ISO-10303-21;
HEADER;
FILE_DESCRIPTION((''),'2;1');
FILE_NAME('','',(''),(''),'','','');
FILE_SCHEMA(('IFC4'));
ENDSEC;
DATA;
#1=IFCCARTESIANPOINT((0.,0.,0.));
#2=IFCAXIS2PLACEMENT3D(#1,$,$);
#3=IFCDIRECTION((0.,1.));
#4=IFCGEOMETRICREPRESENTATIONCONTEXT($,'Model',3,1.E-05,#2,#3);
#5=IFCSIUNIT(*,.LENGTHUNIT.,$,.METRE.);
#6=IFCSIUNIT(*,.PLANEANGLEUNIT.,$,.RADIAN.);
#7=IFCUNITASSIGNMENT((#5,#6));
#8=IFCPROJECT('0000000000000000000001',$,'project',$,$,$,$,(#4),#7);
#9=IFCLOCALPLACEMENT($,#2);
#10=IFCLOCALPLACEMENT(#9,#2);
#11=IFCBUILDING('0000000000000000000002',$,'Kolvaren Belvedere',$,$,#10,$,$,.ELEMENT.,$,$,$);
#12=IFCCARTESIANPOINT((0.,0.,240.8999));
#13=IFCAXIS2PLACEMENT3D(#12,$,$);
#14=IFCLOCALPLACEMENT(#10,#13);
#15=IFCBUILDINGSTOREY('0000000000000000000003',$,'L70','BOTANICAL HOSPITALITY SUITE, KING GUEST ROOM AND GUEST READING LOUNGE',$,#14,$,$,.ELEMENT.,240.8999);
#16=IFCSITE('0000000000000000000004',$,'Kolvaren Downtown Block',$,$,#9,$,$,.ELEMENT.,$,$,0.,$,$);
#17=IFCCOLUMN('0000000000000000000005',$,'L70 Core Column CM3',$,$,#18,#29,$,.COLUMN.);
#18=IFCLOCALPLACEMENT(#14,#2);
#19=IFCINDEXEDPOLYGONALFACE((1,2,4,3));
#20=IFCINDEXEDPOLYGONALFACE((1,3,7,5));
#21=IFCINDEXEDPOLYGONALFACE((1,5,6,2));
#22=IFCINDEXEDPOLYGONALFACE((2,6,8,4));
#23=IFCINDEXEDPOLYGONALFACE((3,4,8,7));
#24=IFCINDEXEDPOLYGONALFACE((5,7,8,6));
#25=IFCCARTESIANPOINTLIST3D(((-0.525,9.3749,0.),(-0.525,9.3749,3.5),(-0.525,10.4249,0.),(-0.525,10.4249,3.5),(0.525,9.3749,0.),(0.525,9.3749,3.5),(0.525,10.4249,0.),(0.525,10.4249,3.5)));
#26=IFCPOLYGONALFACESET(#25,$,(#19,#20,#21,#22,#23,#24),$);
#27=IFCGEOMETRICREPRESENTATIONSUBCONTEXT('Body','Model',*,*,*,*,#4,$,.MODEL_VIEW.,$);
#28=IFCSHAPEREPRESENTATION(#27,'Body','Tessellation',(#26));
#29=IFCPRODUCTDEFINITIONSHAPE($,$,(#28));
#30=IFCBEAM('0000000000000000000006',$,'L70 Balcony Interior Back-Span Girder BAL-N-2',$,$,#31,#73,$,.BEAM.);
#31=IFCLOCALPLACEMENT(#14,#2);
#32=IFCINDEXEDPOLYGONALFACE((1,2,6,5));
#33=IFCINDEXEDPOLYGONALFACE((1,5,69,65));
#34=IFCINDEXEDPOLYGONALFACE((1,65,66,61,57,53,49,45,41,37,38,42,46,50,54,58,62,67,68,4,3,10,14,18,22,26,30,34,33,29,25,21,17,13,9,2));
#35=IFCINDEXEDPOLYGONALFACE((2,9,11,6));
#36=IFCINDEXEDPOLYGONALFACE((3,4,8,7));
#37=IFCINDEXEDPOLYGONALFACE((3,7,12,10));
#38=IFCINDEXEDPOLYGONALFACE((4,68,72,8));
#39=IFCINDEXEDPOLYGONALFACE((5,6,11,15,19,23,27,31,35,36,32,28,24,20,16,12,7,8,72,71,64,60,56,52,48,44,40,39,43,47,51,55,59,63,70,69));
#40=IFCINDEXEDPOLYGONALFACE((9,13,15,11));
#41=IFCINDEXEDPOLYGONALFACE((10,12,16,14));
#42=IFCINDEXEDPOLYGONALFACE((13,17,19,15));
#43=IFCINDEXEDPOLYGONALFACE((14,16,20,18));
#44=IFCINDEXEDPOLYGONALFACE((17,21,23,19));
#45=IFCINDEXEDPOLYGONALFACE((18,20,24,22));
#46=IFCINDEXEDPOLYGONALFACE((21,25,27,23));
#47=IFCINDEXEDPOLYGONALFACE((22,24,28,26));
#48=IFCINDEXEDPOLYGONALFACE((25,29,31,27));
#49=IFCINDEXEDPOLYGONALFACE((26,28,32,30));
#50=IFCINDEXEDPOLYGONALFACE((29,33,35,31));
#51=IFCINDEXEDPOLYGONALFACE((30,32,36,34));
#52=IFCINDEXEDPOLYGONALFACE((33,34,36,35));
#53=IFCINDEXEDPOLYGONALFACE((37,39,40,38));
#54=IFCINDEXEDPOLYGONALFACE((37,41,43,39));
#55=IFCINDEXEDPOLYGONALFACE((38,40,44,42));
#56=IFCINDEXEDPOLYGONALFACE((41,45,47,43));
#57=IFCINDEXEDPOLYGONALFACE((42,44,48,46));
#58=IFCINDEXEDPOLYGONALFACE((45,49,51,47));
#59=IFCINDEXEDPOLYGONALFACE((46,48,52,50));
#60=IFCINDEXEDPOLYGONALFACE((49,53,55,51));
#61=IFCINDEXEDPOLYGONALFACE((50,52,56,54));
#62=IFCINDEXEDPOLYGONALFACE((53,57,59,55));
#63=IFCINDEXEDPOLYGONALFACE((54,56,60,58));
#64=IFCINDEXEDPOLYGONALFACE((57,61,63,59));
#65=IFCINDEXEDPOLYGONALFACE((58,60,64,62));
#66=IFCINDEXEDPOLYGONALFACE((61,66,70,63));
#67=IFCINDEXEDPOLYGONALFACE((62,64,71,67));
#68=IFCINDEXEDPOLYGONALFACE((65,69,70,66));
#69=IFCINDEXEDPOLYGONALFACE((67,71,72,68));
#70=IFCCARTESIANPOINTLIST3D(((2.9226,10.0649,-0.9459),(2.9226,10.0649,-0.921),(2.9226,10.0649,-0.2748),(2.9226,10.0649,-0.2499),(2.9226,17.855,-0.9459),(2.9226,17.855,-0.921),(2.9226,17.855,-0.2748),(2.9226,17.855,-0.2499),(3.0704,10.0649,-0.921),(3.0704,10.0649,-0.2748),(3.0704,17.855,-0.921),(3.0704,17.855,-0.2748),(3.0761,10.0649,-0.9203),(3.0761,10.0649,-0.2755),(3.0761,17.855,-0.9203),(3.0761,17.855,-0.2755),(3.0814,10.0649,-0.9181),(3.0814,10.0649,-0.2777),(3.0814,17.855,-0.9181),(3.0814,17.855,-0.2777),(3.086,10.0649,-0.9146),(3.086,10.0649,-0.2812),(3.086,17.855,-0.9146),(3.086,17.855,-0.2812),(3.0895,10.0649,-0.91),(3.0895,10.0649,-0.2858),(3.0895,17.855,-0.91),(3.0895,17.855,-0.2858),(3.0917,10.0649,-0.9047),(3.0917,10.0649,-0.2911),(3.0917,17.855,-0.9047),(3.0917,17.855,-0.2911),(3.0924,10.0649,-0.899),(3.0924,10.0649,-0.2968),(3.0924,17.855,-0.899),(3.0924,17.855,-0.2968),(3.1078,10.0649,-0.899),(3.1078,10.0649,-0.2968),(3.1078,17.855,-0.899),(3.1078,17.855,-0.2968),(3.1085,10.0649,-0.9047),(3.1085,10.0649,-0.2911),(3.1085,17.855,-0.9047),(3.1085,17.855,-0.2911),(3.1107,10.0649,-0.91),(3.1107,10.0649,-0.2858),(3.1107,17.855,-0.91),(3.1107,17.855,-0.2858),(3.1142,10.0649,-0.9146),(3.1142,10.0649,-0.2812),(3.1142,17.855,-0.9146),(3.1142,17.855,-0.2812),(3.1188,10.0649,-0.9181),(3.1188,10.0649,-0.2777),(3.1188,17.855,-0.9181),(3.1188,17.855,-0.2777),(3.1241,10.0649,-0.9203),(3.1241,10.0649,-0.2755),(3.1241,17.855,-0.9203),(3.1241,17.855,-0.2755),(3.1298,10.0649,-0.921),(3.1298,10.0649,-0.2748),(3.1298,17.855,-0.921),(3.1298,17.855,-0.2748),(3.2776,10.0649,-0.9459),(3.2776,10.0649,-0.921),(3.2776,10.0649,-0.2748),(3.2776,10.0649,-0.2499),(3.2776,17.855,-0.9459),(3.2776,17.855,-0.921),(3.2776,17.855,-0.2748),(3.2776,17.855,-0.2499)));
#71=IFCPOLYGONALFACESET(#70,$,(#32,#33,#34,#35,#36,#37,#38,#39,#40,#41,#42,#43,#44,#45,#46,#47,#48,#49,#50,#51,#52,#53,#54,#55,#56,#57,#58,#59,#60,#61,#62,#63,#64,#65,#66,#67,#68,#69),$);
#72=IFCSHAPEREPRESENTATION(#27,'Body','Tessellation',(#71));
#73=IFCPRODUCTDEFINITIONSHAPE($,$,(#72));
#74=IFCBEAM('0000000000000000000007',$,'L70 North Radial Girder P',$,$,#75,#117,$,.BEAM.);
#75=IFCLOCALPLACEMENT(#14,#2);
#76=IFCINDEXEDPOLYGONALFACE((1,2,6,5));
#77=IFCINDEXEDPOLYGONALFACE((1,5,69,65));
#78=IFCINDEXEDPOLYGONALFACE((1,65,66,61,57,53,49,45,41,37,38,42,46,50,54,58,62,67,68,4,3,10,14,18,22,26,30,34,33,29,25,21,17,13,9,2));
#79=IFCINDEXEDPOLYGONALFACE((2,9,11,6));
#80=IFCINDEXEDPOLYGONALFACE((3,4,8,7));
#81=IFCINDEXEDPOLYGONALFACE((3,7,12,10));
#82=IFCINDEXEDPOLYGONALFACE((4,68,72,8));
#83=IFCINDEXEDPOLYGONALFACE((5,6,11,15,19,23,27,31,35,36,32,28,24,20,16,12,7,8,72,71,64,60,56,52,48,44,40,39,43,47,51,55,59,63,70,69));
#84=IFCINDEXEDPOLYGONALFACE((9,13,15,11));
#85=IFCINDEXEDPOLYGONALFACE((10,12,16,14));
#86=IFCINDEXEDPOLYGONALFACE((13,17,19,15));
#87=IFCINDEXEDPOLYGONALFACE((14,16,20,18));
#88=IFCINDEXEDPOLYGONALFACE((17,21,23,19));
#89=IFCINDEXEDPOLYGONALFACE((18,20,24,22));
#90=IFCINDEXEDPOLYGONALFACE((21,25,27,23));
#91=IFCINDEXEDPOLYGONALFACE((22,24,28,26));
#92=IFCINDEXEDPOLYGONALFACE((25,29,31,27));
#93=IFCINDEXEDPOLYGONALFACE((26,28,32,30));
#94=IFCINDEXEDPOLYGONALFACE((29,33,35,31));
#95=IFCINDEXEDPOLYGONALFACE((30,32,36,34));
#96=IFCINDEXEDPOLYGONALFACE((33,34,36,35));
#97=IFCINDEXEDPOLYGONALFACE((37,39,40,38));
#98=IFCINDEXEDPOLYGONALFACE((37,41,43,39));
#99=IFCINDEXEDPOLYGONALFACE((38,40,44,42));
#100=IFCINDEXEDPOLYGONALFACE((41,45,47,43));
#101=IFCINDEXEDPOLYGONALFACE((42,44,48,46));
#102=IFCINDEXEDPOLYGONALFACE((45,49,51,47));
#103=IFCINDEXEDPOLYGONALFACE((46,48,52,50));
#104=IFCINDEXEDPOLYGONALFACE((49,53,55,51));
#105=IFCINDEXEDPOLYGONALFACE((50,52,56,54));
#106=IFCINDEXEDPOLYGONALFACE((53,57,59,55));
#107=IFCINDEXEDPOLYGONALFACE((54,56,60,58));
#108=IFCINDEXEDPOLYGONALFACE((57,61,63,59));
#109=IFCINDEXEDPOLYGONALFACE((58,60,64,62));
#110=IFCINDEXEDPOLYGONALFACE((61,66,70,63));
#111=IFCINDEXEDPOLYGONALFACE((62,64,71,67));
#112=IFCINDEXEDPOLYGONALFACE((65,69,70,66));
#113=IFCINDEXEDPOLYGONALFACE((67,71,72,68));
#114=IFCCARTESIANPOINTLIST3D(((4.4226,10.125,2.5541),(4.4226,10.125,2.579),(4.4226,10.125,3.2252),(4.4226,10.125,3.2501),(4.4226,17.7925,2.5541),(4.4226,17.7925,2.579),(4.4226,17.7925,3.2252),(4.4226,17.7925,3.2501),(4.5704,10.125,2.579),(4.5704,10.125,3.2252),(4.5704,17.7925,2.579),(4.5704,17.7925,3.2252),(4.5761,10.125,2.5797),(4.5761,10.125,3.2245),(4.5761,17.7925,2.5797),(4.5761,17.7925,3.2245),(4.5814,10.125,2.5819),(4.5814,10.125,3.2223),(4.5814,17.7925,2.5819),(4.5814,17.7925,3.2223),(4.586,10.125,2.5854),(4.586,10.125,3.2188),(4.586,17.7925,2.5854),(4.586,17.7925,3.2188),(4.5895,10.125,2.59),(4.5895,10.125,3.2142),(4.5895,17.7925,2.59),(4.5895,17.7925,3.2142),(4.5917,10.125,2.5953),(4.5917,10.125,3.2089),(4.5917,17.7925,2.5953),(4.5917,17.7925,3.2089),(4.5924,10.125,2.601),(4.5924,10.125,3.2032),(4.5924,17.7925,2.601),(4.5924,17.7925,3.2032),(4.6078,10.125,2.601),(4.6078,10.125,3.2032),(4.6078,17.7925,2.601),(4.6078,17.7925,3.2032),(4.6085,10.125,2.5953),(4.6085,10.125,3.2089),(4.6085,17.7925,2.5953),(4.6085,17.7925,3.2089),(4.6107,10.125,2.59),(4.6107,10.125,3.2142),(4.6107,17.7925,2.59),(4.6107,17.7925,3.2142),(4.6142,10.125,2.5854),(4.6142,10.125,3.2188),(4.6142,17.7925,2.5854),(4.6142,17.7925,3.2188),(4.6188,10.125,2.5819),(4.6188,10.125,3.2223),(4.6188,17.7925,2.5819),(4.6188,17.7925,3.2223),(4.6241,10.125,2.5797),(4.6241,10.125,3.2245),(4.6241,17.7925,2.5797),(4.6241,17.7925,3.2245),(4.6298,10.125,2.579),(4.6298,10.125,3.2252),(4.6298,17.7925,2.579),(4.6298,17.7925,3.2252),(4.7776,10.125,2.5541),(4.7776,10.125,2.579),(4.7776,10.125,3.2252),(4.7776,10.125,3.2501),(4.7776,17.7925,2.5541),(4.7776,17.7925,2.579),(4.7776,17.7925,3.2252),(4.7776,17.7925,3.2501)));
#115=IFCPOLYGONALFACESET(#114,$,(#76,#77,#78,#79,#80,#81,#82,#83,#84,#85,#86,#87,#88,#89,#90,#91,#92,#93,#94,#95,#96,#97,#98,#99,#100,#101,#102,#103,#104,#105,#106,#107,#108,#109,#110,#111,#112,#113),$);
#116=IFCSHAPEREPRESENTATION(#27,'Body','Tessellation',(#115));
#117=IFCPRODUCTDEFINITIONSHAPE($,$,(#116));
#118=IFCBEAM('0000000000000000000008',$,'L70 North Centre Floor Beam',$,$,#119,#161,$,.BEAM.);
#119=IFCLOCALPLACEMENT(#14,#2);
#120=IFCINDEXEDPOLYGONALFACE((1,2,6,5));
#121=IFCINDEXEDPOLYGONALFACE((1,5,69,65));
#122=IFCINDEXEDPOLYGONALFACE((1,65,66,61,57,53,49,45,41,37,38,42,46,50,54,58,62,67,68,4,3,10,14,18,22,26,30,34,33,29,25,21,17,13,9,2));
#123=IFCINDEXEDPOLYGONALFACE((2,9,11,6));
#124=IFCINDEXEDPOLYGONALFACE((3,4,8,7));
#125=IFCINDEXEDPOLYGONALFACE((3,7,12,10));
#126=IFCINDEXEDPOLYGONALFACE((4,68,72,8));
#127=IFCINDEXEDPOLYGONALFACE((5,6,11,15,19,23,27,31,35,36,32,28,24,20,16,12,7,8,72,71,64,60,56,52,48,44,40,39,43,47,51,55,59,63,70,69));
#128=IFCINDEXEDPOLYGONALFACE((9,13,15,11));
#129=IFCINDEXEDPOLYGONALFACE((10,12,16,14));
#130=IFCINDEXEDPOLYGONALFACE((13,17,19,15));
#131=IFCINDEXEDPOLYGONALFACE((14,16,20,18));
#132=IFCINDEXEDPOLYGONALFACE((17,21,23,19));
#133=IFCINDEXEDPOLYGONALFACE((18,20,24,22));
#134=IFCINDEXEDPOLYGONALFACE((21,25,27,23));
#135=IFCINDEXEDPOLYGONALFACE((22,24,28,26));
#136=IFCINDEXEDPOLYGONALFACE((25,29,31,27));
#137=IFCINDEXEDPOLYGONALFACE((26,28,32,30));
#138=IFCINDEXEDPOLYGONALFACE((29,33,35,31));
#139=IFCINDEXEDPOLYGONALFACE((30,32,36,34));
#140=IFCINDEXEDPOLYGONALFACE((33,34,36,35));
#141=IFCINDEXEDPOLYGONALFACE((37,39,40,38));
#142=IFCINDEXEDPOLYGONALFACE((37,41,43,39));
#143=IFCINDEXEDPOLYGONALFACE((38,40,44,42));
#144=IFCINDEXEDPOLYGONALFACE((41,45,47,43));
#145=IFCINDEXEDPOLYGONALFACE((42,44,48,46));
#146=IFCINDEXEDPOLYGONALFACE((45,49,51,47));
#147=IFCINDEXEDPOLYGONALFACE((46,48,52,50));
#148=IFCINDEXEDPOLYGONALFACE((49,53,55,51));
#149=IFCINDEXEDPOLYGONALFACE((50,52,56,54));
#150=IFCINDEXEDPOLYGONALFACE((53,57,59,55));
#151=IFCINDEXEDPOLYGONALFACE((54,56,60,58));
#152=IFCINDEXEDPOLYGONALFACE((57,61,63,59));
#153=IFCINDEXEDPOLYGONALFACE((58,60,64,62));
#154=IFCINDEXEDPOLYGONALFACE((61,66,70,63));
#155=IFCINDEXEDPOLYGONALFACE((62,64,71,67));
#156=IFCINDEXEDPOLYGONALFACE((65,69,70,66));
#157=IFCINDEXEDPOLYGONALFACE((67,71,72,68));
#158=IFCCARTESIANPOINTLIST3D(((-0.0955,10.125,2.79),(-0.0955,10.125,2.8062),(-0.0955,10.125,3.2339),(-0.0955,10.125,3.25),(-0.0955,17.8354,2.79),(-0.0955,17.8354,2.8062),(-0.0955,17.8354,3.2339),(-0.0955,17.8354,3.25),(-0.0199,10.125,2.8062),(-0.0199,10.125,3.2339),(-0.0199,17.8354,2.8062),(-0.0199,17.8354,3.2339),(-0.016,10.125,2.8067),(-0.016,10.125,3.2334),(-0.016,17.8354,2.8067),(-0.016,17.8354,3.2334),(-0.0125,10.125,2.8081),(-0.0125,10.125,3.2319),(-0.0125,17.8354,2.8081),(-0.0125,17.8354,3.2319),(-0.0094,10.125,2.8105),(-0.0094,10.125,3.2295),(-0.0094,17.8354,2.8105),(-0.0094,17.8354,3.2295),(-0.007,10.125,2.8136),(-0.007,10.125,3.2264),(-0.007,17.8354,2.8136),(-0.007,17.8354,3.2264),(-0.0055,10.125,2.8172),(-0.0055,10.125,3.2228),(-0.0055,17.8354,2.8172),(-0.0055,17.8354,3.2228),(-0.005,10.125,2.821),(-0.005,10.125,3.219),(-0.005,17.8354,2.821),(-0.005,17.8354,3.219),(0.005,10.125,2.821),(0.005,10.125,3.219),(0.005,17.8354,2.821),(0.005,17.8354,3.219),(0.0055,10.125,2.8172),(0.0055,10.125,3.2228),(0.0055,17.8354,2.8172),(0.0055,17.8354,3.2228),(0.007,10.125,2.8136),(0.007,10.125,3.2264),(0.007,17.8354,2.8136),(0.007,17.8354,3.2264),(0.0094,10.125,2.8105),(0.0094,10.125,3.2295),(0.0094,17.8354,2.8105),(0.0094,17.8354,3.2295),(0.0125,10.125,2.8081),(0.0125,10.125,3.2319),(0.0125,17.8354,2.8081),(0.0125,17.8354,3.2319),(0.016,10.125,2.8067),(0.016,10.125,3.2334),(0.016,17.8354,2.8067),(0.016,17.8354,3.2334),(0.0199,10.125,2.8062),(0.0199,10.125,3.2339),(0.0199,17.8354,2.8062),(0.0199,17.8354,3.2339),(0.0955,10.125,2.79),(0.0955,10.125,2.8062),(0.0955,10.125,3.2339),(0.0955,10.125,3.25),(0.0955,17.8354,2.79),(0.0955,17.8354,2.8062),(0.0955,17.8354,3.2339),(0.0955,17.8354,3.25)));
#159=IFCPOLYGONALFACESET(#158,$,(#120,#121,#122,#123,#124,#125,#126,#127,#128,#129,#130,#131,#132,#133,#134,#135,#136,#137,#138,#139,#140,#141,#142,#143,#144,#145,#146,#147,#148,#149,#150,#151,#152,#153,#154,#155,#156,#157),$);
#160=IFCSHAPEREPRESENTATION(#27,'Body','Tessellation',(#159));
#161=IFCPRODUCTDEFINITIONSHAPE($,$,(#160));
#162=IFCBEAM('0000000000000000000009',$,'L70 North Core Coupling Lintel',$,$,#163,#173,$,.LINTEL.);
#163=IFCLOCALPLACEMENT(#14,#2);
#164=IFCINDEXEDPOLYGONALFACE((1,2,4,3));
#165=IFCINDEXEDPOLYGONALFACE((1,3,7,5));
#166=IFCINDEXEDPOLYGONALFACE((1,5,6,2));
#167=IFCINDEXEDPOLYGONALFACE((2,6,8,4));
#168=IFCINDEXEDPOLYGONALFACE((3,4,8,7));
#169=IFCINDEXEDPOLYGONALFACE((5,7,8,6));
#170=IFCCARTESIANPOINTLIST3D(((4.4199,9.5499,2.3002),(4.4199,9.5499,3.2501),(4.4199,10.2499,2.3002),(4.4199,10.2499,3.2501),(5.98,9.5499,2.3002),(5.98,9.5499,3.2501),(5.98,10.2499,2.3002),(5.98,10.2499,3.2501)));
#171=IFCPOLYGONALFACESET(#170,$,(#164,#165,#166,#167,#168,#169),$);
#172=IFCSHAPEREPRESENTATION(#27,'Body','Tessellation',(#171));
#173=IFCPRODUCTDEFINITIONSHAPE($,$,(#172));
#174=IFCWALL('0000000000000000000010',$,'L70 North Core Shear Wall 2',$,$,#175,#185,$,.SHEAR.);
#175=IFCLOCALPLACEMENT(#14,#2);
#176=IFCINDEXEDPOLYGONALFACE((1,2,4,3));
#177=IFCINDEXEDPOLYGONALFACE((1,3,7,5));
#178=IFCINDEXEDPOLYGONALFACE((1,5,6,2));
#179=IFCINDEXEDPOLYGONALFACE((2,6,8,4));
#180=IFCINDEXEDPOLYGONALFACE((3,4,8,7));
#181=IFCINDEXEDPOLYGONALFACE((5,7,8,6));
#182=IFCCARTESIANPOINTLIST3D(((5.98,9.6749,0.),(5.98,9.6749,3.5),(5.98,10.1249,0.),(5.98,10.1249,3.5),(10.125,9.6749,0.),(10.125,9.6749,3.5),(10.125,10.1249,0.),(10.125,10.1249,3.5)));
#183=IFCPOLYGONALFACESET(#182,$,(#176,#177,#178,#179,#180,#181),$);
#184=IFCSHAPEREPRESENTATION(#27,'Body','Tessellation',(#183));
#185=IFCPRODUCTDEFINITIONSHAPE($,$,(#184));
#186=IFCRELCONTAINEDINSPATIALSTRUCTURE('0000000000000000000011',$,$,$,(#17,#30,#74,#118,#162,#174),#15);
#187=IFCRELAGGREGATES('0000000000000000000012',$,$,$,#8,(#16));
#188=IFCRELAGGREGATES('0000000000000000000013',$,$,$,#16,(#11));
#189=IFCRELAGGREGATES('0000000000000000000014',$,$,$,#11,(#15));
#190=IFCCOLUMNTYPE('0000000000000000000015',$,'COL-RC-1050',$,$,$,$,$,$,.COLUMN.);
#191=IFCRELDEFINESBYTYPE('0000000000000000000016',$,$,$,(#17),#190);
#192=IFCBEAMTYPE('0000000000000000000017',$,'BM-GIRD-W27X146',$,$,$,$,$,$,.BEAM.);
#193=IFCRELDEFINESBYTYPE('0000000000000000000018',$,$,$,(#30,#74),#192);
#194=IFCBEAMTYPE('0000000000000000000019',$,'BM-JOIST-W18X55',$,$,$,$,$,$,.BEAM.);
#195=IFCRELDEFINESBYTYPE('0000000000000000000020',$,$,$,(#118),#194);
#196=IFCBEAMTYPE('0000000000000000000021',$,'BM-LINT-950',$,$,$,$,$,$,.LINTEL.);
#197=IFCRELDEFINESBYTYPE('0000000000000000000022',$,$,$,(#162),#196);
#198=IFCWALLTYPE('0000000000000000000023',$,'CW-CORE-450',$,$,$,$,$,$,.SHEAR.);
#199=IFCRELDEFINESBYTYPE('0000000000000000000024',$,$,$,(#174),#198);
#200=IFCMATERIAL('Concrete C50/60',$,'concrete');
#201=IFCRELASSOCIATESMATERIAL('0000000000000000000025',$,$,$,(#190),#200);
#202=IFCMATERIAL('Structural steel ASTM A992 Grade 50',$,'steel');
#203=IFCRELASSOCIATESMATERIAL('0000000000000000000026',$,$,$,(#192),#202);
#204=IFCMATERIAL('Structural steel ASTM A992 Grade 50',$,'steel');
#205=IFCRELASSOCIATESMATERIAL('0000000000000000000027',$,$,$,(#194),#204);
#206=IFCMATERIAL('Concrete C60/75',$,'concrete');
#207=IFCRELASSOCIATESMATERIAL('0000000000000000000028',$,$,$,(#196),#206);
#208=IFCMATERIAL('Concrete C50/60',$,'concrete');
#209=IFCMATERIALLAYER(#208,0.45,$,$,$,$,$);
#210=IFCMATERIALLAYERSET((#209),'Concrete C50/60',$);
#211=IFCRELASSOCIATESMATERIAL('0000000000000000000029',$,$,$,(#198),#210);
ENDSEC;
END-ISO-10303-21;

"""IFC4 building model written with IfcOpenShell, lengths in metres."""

from ifc_helpers import new_model, si_unit, direction, frame, frame_2d, origin, origin_2d, place, context, subcontext, project, spatial, rectangle, i_section, extrude, material, layer, layer_set, material_profile, profile_set, type_object, element, save


model = new_model("IFC4")

# Units and contexts
model_context = context("Model", 3, precision=1e-05, world=origin(), true_north=direction((0.0, 1.0)))
body_context = subcontext(model_context, "Body", "Model", "MODEL_VIEW")
ifc_project = project(units=[si_unit("LENGTHUNIT", "METRE"), si_unit("PLANEANGLEUNIT", "RADIAN")], contexts=[model_context])

# Site, building, storey
site_placement = place(None, origin())
site = spatial("IfcSite", under=ifc_project, at=site_placement, Name="Kolvaren Downtown Block", CompositionType="ELEMENT", RefElevation=0.0)
building_placement = place(site_placement, origin())
building = spatial("IfcBuilding", under=site, at=building_placement, Name="Kolvaren Belvedere", CompositionType="ELEMENT")
storey_placement = place(building_placement, frame((0.0, 0.0, 240.8999)))
storey = spatial("IfcBuildingStorey", under=building, at=storey_placement, Name="L70", Description="BOTANICAL HOSPITALITY SUITE, KING GUEST ROOM AND GUEST READING LOUNGE", CompositionType="ELEMENT", Elevation=240.8999)

# Column
ifc_material_1 = material(Name="Concrete C50/60", Category="concrete")
ifc_material_profile_1 = material_profile(ifc_material_1, rectangle(XDim=1.05, YDim=1.05, at=origin_2d()), Name="RC 1050X1050")
ifc_profile_set_1 = profile_set([ifc_material_profile_1], Name="Concrete C50/60")
column_type = type_object("IfcColumnType", Name="COL-RC-1050", PredefinedType="COLUMN", material=ifc_profile_set_1)
column_placement = place(storey_placement, frame((0.0, 9.8999, 0.0), z_axis=(0.0, 0.0, 1.0), x_axis=(1.0, 0.0, 0.0)))
element("IfcColumn", 1, at=column_placement, inside=storey, type_object=column_type, Name="L70 Core Column CM3", PredefinedType="COLUMN", context=body_context, shape_type="SweptSolid", body=[
    extrude(rectangle(XDim=1.05, YDim=1.05, at=origin_2d()), origin(), (0.0, 0.0, 1.0), 3.5),
])

# Beams
ifc_material_2 = material(Name="Structural steel ASTM A992 Grade 50", Category="steel")
ifc_material_profile_2 = material_profile(ifc_material_2, i_section(OverallWidth=0.355, OverallDepth=0.696, WebThickness=0.0154, FlangeThickness=0.0249, FilletRadius=0.022, at=origin_2d()), Name="W27X146")
ifc_profile_set_2 = profile_set([ifc_material_profile_2], Name="Structural steel ASTM A992 Grade 50")
beam_type_1 = type_object("IfcBeamType", Name="BM-GIRD-W27X146", PredefinedType="BEAM", material=ifc_profile_set_2)
beam_1_placement = place(storey_placement, frame((3.1001, 10.0649, -0.5979), z_axis=(0.0, 1.0, 0.0), x_axis=(-1.0, 0.0, 0.0)))
element("IfcBeam", 2, at=beam_1_placement, inside=storey, type_object=beam_type_1, Name="L70 Balcony Interior Back-Span Girder BAL-N-2", PredefinedType="BEAM", context=body_context, shape_type="SweptSolid", body=[
    extrude(i_section(OverallWidth=0.355, OverallDepth=0.696, WebThickness=0.0154, FlangeThickness=0.0249, FilletRadius=0.022, at=origin_2d()), origin(), (0.0, 0.0, 1.0), 7.79),
])
beam_2_placement = place(storey_placement, frame((4.6001, 10.125, 2.9021), z_axis=(0.0, 1.0, 0.0), x_axis=(-1.0, 0.0, 0.0)))
element("IfcBeam", 3, at=beam_2_placement, inside=storey, type_object=beam_type_1, Name="L70 North Radial Girder P", PredefinedType="BEAM", context=body_context, shape_type="SweptSolid", body=[
    extrude(i_section(OverallWidth=0.355, OverallDepth=0.696, WebThickness=0.0154, FlangeThickness=0.0249, FilletRadius=0.022, at=origin_2d()), origin(), (0.0, 0.0, 1.0), 7.6675),
])
ifc_material_3 = material(Name="Structural steel ASTM A992 Grade 50", Category="steel")
ifc_material_profile_3 = material_profile(ifc_material_3, i_section(OverallWidth=0.1909, OverallDepth=0.46, WebThickness=0.01, FlangeThickness=0.0161, FilletRadius=0.0149, at=origin_2d()), Name="W18X55")
ifc_profile_set_3 = profile_set([ifc_material_profile_3], Name="Structural steel ASTM A992 Grade 50")
beam_type_2 = type_object("IfcBeamType", Name="BM-JOIST-W18X55", PredefinedType="BEAM", material=ifc_profile_set_3)
beam_3_placement = place(storey_placement, frame((0.0, 10.125, 3.02), z_axis=(0.0, 1.0, 0.0), x_axis=(-1.0, 0.0, 0.0)))
element("IfcBeam", 4, at=beam_3_placement, inside=storey, type_object=beam_type_2, Name="L70 North Centre Floor Beam", PredefinedType="BEAM", context=body_context, shape_type="SweptSolid", body=[
    extrude(i_section(OverallWidth=0.1909, OverallDepth=0.46, WebThickness=0.01, FlangeThickness=0.0161, FilletRadius=0.0149, at=origin_2d()), origin(), (0.0, 0.0, 1.0), 7.7104),
])
ifc_material_4 = material(Name="Concrete C60/75", Category="concrete")
ifc_material_profile_4 = material_profile(ifc_material_4, rectangle(XDim=0.7, YDim=0.95, at=origin_2d()), Name="RC 700X950")
ifc_profile_set_4 = profile_set([ifc_material_profile_4], Name="Concrete C60/75")
beam_type_3 = type_object("IfcBeamType", Name="BM-LINT-950", PredefinedType="LINTEL", material=ifc_profile_set_4)
beam_4_placement = place(storey_placement, frame((4.4199, 9.8999, 2.7751), z_axis=(1.0, 0.0, 0.0), x_axis=(0.0, 1.0, 0.0)))
element("IfcBeam", 5, at=beam_4_placement, inside=storey, type_object=beam_type_3, Name="L70 North Core Coupling Lintel", PredefinedType="LINTEL", context=body_context, shape_type="SweptSolid", body=[
    extrude(rectangle(XDim=0.7, YDim=0.95, at=origin_2d()), origin(), (0.0, 0.0, 1.0), 1.5601),
])

# Wall
ifc_material_5 = material(Name="Concrete C50/60", Category="concrete")
ifc_layer_1 = layer(ifc_material_5, 0.45)
ifc_layer_set_1 = layer_set([ifc_layer_1], Name="Concrete C50/60")
wall_type_1 = type_object("IfcWallType", Name="CW-CORE-450", PredefinedType="SHEAR", material=ifc_layer_set_1)
wall_1_placement = place(storey_placement, frame((5.98, 9.8999, 0.0), z_axis=(0.0, 0.0, 1.0), x_axis=(1.0, 0.0, 0.0)))
element("IfcWall", 6, at=wall_1_placement, inside=storey, type_object=wall_type_1, Name="L70 North Core Shear Wall 2", PredefinedType="SHEAR", context=body_context, shape_type="SweptSolid", body=[
    extrude(rectangle(XDim=4.145, YDim=0.45, at=frame_2d((2.0725, 0.0))), origin(), (0.0, 0.0, 1.0), 3.5),
])

save(model, "model.ifc")
